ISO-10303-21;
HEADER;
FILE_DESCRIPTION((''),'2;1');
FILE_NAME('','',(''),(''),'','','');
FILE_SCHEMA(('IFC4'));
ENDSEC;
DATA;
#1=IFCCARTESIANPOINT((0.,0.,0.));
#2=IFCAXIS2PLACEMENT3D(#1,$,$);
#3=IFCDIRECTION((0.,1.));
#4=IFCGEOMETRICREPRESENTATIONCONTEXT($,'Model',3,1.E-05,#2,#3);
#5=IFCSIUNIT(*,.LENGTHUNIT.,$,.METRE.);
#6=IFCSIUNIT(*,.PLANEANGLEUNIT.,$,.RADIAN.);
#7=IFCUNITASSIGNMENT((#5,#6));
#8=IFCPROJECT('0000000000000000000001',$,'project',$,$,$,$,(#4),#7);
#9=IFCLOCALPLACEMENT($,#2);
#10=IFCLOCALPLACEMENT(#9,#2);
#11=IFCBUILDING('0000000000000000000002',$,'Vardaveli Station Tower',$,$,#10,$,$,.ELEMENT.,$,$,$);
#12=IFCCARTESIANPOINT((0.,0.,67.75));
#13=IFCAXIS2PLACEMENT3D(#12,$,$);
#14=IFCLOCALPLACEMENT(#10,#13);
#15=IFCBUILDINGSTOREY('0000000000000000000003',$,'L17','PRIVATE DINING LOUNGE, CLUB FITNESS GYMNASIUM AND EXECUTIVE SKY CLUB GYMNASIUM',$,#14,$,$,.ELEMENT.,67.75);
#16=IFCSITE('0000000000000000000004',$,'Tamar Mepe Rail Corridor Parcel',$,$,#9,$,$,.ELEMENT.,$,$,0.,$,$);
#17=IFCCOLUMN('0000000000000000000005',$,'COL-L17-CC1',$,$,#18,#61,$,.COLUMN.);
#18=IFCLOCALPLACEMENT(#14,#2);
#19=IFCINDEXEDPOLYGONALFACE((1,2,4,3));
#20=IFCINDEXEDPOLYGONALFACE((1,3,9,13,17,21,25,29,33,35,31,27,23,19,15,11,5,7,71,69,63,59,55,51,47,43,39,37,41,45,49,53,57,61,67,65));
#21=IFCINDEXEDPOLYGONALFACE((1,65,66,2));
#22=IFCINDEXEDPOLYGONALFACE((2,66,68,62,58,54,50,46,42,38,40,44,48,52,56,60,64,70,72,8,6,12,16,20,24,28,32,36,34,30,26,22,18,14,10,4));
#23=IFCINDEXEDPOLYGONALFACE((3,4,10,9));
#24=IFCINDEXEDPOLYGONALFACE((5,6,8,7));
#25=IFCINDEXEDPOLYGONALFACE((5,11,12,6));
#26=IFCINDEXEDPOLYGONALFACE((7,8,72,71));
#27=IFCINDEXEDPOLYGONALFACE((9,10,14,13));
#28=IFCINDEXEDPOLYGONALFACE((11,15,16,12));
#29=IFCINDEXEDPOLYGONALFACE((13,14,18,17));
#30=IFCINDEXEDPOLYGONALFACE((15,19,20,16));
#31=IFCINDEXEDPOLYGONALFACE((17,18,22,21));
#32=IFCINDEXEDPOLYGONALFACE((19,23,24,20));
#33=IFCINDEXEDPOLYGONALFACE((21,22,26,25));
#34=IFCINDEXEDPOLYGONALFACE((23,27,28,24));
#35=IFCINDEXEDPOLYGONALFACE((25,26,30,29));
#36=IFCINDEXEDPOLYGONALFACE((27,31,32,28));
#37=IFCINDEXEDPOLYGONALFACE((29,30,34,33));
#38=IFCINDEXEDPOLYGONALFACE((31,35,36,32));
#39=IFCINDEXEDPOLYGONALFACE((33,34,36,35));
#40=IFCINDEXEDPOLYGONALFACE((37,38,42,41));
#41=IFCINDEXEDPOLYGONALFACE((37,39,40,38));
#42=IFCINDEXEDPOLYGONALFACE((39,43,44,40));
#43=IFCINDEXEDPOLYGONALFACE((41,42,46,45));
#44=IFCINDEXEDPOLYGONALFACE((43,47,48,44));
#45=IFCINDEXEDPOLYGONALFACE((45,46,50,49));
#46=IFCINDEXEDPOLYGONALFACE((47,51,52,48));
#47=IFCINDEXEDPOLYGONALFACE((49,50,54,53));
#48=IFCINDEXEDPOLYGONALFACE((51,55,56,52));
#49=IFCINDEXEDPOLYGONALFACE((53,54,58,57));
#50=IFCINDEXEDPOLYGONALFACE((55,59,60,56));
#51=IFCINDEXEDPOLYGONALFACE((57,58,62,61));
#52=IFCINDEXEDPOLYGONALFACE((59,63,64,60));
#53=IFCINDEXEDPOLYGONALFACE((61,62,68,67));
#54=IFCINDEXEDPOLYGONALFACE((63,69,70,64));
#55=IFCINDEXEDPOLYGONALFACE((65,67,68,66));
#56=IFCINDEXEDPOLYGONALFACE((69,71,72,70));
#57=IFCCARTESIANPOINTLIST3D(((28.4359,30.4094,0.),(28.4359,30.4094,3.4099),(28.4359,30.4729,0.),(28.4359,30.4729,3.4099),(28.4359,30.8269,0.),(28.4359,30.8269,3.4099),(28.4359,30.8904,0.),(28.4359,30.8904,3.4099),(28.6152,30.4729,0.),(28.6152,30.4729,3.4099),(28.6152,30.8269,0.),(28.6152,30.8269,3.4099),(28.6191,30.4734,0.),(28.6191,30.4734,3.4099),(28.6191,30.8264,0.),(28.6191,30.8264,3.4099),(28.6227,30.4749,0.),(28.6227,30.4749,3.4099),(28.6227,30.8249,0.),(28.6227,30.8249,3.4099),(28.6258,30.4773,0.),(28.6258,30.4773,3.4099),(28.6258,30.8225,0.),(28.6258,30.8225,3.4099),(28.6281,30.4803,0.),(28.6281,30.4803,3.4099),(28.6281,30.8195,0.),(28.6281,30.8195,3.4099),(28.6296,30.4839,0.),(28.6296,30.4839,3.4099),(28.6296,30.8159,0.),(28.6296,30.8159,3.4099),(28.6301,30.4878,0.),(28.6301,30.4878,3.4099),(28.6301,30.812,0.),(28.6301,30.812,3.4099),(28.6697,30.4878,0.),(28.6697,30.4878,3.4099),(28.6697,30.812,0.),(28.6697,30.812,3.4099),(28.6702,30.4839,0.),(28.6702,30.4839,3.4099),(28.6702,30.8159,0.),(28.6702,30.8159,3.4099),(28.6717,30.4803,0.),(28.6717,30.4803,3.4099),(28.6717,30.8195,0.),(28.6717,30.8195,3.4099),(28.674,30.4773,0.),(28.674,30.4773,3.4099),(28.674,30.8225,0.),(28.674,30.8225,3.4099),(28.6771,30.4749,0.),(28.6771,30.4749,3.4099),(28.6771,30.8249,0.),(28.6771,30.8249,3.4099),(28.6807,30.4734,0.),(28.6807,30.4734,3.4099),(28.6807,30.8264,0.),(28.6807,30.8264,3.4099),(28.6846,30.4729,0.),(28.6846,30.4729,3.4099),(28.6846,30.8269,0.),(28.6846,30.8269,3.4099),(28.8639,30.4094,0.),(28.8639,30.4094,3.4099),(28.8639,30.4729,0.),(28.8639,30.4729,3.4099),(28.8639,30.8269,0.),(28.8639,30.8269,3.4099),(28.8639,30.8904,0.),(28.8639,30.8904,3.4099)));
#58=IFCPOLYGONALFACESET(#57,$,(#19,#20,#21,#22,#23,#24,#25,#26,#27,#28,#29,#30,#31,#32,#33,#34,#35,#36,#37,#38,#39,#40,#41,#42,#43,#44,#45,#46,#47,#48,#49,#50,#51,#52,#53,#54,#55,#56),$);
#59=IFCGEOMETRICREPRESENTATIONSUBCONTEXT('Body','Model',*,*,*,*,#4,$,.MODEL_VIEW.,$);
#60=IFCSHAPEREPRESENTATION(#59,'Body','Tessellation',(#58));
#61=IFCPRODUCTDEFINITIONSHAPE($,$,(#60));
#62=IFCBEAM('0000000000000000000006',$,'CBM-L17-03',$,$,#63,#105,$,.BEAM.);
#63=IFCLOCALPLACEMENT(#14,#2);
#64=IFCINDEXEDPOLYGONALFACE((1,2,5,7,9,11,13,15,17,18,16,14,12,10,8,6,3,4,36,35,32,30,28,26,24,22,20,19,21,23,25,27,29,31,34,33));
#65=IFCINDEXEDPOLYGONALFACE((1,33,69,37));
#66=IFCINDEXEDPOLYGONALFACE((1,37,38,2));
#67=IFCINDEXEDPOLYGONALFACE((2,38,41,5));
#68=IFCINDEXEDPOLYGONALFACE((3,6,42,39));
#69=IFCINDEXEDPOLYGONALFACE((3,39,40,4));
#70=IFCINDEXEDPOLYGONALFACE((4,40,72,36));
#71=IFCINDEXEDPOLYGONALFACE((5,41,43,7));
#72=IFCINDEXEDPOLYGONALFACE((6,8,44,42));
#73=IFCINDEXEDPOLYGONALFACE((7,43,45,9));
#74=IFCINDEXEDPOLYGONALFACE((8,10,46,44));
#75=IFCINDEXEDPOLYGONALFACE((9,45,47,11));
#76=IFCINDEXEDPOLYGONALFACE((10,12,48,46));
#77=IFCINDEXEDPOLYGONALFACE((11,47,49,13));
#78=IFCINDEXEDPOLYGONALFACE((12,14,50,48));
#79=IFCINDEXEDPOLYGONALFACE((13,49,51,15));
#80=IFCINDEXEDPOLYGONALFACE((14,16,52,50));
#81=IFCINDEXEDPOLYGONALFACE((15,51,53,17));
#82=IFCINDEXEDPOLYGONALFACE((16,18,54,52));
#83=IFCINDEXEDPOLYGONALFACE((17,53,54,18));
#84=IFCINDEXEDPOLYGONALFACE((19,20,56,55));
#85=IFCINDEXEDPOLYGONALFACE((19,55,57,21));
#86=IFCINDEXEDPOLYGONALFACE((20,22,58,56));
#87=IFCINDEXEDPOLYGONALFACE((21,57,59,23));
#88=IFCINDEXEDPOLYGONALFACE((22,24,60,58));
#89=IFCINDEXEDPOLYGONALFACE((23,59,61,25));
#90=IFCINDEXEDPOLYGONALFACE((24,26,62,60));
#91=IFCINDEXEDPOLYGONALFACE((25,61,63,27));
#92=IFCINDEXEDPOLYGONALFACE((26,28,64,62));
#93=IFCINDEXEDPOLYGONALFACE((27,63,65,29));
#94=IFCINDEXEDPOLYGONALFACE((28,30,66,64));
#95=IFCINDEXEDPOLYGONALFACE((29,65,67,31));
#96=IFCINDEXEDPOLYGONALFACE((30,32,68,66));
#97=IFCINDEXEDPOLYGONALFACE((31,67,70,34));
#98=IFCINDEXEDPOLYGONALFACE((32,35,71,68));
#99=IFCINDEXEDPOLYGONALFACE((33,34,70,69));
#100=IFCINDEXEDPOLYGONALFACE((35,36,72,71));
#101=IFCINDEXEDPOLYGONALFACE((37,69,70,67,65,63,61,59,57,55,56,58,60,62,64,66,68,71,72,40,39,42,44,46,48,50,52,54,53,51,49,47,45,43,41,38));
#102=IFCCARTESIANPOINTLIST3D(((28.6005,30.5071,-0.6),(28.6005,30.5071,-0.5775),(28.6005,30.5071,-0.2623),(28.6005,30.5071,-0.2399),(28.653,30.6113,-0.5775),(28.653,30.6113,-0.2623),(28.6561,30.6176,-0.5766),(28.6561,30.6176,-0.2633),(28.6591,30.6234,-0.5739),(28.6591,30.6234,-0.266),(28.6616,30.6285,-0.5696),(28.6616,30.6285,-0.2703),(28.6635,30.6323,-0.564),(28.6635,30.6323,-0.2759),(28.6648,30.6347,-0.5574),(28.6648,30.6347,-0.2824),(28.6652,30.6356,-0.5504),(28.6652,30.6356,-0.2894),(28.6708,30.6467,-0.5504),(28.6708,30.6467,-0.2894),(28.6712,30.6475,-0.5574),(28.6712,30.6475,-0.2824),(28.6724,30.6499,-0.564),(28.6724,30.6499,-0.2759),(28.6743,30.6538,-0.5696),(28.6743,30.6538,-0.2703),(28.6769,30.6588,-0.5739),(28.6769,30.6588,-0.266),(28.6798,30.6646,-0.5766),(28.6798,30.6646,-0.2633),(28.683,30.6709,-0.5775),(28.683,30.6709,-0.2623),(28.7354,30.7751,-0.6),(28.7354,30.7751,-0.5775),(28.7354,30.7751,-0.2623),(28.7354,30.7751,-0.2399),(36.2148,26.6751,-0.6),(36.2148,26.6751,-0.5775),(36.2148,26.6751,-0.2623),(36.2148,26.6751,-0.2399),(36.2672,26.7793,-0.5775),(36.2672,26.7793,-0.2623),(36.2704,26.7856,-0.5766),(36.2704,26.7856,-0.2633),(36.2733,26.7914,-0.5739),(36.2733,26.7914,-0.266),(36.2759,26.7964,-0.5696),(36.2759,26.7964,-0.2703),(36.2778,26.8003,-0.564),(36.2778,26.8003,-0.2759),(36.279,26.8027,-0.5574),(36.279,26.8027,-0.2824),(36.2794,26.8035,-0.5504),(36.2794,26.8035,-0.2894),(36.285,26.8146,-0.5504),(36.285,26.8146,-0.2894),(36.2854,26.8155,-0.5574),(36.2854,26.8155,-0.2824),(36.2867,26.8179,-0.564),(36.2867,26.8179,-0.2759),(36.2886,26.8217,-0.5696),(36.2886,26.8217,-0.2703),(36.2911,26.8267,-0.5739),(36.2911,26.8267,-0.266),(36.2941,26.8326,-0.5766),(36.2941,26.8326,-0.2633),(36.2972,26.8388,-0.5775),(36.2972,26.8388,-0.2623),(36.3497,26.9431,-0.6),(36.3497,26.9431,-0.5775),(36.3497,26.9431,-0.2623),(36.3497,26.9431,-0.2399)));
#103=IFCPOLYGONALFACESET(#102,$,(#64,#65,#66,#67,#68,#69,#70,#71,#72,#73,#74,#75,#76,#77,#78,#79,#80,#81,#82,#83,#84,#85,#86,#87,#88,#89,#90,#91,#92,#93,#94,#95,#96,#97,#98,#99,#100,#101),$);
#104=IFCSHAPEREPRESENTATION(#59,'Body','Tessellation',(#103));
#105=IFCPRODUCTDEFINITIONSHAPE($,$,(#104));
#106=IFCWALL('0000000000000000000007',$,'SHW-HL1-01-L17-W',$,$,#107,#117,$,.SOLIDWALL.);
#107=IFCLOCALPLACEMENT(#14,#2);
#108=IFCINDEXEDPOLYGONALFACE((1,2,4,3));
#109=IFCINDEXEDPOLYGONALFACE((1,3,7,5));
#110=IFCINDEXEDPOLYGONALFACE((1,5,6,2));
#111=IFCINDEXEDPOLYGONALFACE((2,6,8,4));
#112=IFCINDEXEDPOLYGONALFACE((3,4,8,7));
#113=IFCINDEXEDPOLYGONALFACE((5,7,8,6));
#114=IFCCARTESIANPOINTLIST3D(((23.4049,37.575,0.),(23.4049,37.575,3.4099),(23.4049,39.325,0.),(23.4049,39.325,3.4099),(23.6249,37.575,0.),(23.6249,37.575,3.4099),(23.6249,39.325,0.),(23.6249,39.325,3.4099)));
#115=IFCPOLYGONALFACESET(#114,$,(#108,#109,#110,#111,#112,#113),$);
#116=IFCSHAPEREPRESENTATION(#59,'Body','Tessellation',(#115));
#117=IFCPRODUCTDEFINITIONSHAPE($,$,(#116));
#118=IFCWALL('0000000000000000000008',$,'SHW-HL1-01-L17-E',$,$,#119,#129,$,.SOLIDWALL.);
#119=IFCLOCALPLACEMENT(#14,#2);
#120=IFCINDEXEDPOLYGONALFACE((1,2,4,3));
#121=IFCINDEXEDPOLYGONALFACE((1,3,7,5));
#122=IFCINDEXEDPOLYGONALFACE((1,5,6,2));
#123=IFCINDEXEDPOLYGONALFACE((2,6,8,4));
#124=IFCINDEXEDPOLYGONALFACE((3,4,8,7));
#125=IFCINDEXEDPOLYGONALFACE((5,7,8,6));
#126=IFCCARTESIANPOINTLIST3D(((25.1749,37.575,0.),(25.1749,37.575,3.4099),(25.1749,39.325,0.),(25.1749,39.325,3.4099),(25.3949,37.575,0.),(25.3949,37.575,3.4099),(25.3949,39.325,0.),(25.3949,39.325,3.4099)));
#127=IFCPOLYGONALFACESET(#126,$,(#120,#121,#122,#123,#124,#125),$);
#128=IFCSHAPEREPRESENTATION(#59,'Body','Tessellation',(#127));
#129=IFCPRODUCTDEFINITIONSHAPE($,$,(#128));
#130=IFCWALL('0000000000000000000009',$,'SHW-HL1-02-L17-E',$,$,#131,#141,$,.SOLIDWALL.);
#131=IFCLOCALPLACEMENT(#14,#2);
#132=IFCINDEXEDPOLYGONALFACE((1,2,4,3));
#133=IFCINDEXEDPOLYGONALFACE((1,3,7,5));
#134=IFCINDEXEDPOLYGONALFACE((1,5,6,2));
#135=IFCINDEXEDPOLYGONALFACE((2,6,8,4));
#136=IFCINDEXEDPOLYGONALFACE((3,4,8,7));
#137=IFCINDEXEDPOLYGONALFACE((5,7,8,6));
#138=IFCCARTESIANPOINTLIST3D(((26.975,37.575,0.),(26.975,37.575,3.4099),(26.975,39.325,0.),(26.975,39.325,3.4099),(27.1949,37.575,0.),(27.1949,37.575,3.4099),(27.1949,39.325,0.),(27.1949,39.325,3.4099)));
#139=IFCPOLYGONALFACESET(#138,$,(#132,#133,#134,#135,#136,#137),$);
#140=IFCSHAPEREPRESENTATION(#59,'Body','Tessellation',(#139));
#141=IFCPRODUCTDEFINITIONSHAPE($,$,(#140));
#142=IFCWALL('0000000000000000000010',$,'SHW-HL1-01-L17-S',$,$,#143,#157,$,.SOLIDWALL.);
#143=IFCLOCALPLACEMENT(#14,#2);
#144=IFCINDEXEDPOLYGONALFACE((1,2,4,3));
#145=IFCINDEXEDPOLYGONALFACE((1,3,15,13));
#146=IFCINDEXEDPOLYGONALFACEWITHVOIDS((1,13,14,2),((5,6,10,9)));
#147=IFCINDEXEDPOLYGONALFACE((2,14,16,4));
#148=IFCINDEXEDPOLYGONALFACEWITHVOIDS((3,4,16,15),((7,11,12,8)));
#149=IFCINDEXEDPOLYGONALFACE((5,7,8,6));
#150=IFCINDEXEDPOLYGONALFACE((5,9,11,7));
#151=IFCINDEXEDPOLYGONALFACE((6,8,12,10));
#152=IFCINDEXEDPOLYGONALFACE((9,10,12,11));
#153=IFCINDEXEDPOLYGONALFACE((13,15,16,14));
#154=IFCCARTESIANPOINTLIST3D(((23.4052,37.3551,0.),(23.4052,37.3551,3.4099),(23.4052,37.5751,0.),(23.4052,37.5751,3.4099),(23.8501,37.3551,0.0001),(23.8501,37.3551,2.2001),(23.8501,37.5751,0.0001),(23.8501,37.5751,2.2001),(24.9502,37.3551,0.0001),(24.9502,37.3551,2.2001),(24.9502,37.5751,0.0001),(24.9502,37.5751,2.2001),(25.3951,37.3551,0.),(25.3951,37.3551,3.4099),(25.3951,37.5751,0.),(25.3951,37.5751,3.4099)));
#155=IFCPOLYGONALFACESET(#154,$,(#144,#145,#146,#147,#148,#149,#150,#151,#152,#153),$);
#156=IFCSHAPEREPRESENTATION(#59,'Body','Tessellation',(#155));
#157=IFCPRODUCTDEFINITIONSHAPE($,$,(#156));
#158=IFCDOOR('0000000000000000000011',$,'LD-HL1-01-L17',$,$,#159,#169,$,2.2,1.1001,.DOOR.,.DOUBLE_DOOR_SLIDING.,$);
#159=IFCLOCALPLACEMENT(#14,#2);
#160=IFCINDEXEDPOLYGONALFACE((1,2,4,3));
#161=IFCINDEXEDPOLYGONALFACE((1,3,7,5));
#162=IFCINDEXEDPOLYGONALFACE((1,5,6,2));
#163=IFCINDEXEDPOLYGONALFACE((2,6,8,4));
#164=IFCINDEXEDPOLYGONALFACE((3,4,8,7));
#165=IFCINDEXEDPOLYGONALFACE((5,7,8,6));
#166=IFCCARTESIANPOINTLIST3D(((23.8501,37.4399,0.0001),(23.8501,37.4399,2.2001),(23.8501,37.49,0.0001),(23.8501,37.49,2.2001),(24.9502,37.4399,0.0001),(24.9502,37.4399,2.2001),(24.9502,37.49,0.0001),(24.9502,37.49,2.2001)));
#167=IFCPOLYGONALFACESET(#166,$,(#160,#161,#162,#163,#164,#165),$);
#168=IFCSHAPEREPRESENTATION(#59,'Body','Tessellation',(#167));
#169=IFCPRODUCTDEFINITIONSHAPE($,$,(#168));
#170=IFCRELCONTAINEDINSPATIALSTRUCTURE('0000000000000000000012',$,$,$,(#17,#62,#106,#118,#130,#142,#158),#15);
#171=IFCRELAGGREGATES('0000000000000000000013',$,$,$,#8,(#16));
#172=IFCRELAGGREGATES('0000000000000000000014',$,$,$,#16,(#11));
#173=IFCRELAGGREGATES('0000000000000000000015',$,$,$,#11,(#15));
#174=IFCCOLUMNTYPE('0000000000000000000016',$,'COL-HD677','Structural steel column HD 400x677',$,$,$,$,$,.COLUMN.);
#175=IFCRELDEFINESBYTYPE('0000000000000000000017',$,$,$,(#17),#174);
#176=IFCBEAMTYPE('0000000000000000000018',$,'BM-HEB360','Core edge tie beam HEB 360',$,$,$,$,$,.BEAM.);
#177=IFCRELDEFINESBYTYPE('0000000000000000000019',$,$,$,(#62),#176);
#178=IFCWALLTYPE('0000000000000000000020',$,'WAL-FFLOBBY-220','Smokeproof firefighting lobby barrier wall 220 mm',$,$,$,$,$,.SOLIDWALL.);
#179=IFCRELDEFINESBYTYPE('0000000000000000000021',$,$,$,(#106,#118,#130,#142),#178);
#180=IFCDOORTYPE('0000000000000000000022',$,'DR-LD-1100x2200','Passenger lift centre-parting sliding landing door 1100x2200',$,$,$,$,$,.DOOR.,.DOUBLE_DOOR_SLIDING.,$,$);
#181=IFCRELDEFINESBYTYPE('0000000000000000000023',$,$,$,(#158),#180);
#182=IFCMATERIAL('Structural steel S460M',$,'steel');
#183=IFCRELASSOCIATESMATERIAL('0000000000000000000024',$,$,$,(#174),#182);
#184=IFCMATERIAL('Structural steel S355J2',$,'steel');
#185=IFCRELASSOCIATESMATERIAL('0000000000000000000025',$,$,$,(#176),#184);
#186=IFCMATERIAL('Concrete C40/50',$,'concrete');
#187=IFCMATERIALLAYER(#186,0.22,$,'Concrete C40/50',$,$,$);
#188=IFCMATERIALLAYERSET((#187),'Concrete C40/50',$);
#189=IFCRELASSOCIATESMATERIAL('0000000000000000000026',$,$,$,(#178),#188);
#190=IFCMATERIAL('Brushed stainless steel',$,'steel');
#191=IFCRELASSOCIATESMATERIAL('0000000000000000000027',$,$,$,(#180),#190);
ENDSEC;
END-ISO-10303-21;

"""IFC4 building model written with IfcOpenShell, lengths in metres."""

from ifc_helpers import new_model, si_unit, direction, frame, frame_2d, origin, origin_2d, place, context, subcontext, project, spatial, rectangle, i_section, extrude, source, transform, mapped, material, layer, layer_set, material_profile, profile_set, type_object, element, fill, save


model = new_model("IFC4")

# Units and contexts
model_context = context("Model", 3, precision=1e-05, world=origin(), true_north=direction((0.0, 1.0)))
body_context = subcontext(model_context, "Body", "Model", "MODEL_VIEW")
ifc_project = project(units=[si_unit("LENGTHUNIT", "METRE"), si_unit("PLANEANGLEUNIT", "RADIAN")], contexts=[model_context])

# Site, building, storey
site_placement = place(None, origin())
site = spatial("IfcSite", under=ifc_project, at=site_placement, Name="Tamar Mepe Rail Corridor Parcel", CompositionType="ELEMENT", RefElevation=0.0)
building_placement = place(site_placement, origin())
building = spatial("IfcBuilding", under=site, at=building_placement, Name="Vardaveli Station Tower", CompositionType="ELEMENT")
storey_placement = place(building_placement, frame((0.0, 0.0, 67.75)))
storey = spatial("IfcBuildingStorey", under=building, at=storey_placement, Name="L17", Description="PRIVATE DINING LOUNGE, CLUB FITNESS GYMNASIUM AND EXECUTIVE SKY CLUB GYMNASIUM", CompositionType="ELEMENT", Elevation=67.75)

# Column
ifc_material_1 = material(Name="Structural steel S460M", Category="steel")
ifc_material_profile_1 = material_profile(ifc_material_1, i_section(OverallWidth=0.428, OverallDepth=0.481, WebThickness=0.0396, FlangeThickness=0.0635, FilletRadius=0.0149, at=origin_2d()), Name="HD 400x677")
ifc_profile_set_1 = profile_set([ifc_material_profile_1], Name="Structural steel S460M")
column_type = type_object("IfcColumnType", Name="COL-HD677", Description="Structural steel column HD 400x677", PredefinedType="COLUMN", material=ifc_profile_set_1)
shared_shape_1 = source(origin(), body_context, "Body", "SweptSolid", [
    extrude(i_section(OverallWidth=0.428, OverallDepth=0.481, WebThickness=0.0396, FlangeThickness=0.0635, FilletRadius=0.0149, at=origin_2d()), origin(), (0.0, 0.0, 1.0), 3.4099),
])
column_placement = place(storey_placement, frame((28.6499, 30.6499, 0.0), z_axis=(0.0, 0.0, 1.0), x_axis=(1.0, 0.0, 0.0)))
element("IfcColumn", 1, at=column_placement, inside=storey, type_object=column_type, Name="COL-L17-CC1", PredefinedType="COLUMN", context=body_context, shape_type="MappedRepresentation", body=[
    mapped(shared_shape_1, transform((0.0, 0.0, 0.0), scale=1.0)),
])

# Beam
ifc_material_2 = material(Name="Structural steel S355J2", Category="steel")
ifc_material_profile_2 = material_profile(ifc_material_2, i_section(OverallWidth=0.3, OverallDepth=0.3601, WebThickness=0.0125, FlangeThickness=0.0225, FilletRadius=0.0271, at=origin_2d()), Name="HEB 360")
ifc_profile_set_2 = profile_set([ifc_material_profile_2], Name="Structural steel S355J2")
beam_type = type_object("IfcBeamType", Name="BM-HEB360", Description="Core edge tie beam HEB 360", PredefinedType="BEAM", material=ifc_profile_set_2)
shared_shape_2 = source(origin(), body_context, "Body", "SweptSolid", [
    extrude(i_section(OverallWidth=0.3, OverallDepth=0.3601, WebThickness=0.0125, FlangeThickness=0.0225, FilletRadius=0.0271, at=origin_2d()), origin(), (0.0, 0.0, 1.0), 8.5242),
])
beam_placement = place(storey_placement, frame((28.668, 30.6411, -0.4199), z_axis=(0.893256, -0.449549, 0.0), x_axis=(0.449549, 0.893256, 0.0)))
element("IfcBeam", 2, at=beam_placement, inside=storey, type_object=beam_type, Name="CBM-L17-03", PredefinedType="BEAM", context=body_context, shape_type="MappedRepresentation", body=[
    mapped(shared_shape_2, transform((0.0, 0.0, 0.0), scale=1.0)),
])

# Walls
ifc_material_3 = material(Name="Concrete C40/50", Category="concrete")
ifc_layer_1 = layer(ifc_material_3, 0.22, Name="Concrete C40/50")
ifc_layer_set_1 = layer_set([ifc_layer_1], Name="Concrete C40/50")
wall_type_1 = type_object("IfcWallType", Name="WAL-FFLOBBY-220", Description="Smokeproof firefighting lobby barrier wall 220 mm", PredefinedType="SOLIDWALL", material=ifc_layer_set_1)
shared_shape_3 = source(origin(), body_context, "Body", "SweptSolid", [
    extrude(rectangle(XDim=1.75, YDim=0.22, at=frame_2d((0.875, 0.0))), origin(), (0.0, 0.0, 1.0), 3.4099),
])
for number, where, z_axis, x_axis, name in (
    (3, (23.5149, 37.575, 0.0), (0.0, 0.0, 1.0), (0.0, 1.0, 0.0), "SHW-HL1-01-L17-W"),
    (4, (25.2849, 37.575, 0.0), (0.0, 0.0, 1.0), (0.0, 1.0, 0.0), "SHW-HL1-01-L17-E"),
    (5, (27.085, 37.575, 0.0), (0.0, 0.0, 1.0), (0.0, 1.0, 0.0), "SHW-HL1-02-L17-E"),
):
    element("IfcWall", number, at=place(storey_placement, frame(where, z_axis=z_axis, x_axis=x_axis)), inside=storey, type_object=wall_type_1, Name=name, PredefinedType="SOLIDWALL", context=body_context, shape_type="MappedRepresentation", body=[
        mapped(shared_shape_3, transform((0.0, 0.0, 0.0), scale=1.0)),
    ])

# Wall, opening, door
shared_shape_4 = source(origin(), body_context, "Body", "SweptSolid", [
    extrude(rectangle(XDim=1.99, YDim=0.22, at=frame_2d((0.9951, 0.0))), origin(), (0.0, 0.0, 1.0), 3.4099),
])
wall_1_placement = place(storey_placement, frame((23.405, 37.4651, 0.0), z_axis=(0.0, 0.0, 1.0), x_axis=(1.0, 0.0, 0.0)))
wall_1 = element("IfcWall", 6, at=wall_1_placement, inside=storey, type_object=wall_type_1, Name="SHW-HL1-01-L17-S", PredefinedType="SOLIDWALL", context=body_context, shape_type="MappedRepresentation", body=[
    mapped(shared_shape_4, transform((0.0, 0.0, 0.0), scale=1.0)),
])
shared_shape_5 = source(origin(), body_context, "Body", "SweptSolid", [
    extrude(rectangle(XDim=1.1001, YDim=2.2, at=frame_2d((0.55, 1.1001))), frame((0.0, 0.1201, 0.0), z_axis=(0.0, -1.0, 0.0), x_axis=(1.0, 0.0, 0.0)), (0.0, 0.0, 1.0), 0.24),
])
opening_1_placement = place(wall_1_placement, frame((0.4451, 0.0, 0.0)))
opening_1 = element("IfcOpeningElement", 7, at=opening_1_placement, cuts=wall_1, PredefinedType="OPENING", context=body_context, shape_type="MappedRepresentation", body=[
    mapped(shared_shape_5, transform((0.0, 0.0, 0.0), scale=1.0)),
])
ifc_material_4 = material(Name="Brushed stainless steel", Category="steel")
door_type_1 = type_object("IfcDoorType", Name="DR-LD-1100x2200", Description="Passenger lift centre-parting sliding landing door 1100x2200", OperationType="DOUBLE_DOOR_SLIDING", PredefinedType="DOOR", material=ifc_material_4)
shared_shape_6 = source(origin(), body_context, "Body", "SweptSolid", [
    extrude(rectangle(XDim=1.1001, YDim=2.2, at=frame_2d((0.55, 1.1001))), frame((0.0, 0.0249, 0.0), z_axis=(0.0, -1.0, 0.0), x_axis=(1.0, 0.0, 0.0)), (0.0, 0.0, 1.0), 0.05),
])
door_1_placement = place(opening_1_placement, origin())
door_1 = element("IfcDoor", 8, at=door_1_placement, inside=storey, type_object=door_type_1, Name="LD-HL1-01-L17", OperationType="DOUBLE_DOOR_SLIDING", OverallHeight=2.2, OverallWidth=1.1001, PredefinedType="DOOR", context=body_context, shape_type="MappedRepresentation", body=[
    mapped(shared_shape_6, transform((0.0, 0.0, 0.0), scale=1.0)),
])
fill(opening_1, door_1)

save(model, "model.ifc")
